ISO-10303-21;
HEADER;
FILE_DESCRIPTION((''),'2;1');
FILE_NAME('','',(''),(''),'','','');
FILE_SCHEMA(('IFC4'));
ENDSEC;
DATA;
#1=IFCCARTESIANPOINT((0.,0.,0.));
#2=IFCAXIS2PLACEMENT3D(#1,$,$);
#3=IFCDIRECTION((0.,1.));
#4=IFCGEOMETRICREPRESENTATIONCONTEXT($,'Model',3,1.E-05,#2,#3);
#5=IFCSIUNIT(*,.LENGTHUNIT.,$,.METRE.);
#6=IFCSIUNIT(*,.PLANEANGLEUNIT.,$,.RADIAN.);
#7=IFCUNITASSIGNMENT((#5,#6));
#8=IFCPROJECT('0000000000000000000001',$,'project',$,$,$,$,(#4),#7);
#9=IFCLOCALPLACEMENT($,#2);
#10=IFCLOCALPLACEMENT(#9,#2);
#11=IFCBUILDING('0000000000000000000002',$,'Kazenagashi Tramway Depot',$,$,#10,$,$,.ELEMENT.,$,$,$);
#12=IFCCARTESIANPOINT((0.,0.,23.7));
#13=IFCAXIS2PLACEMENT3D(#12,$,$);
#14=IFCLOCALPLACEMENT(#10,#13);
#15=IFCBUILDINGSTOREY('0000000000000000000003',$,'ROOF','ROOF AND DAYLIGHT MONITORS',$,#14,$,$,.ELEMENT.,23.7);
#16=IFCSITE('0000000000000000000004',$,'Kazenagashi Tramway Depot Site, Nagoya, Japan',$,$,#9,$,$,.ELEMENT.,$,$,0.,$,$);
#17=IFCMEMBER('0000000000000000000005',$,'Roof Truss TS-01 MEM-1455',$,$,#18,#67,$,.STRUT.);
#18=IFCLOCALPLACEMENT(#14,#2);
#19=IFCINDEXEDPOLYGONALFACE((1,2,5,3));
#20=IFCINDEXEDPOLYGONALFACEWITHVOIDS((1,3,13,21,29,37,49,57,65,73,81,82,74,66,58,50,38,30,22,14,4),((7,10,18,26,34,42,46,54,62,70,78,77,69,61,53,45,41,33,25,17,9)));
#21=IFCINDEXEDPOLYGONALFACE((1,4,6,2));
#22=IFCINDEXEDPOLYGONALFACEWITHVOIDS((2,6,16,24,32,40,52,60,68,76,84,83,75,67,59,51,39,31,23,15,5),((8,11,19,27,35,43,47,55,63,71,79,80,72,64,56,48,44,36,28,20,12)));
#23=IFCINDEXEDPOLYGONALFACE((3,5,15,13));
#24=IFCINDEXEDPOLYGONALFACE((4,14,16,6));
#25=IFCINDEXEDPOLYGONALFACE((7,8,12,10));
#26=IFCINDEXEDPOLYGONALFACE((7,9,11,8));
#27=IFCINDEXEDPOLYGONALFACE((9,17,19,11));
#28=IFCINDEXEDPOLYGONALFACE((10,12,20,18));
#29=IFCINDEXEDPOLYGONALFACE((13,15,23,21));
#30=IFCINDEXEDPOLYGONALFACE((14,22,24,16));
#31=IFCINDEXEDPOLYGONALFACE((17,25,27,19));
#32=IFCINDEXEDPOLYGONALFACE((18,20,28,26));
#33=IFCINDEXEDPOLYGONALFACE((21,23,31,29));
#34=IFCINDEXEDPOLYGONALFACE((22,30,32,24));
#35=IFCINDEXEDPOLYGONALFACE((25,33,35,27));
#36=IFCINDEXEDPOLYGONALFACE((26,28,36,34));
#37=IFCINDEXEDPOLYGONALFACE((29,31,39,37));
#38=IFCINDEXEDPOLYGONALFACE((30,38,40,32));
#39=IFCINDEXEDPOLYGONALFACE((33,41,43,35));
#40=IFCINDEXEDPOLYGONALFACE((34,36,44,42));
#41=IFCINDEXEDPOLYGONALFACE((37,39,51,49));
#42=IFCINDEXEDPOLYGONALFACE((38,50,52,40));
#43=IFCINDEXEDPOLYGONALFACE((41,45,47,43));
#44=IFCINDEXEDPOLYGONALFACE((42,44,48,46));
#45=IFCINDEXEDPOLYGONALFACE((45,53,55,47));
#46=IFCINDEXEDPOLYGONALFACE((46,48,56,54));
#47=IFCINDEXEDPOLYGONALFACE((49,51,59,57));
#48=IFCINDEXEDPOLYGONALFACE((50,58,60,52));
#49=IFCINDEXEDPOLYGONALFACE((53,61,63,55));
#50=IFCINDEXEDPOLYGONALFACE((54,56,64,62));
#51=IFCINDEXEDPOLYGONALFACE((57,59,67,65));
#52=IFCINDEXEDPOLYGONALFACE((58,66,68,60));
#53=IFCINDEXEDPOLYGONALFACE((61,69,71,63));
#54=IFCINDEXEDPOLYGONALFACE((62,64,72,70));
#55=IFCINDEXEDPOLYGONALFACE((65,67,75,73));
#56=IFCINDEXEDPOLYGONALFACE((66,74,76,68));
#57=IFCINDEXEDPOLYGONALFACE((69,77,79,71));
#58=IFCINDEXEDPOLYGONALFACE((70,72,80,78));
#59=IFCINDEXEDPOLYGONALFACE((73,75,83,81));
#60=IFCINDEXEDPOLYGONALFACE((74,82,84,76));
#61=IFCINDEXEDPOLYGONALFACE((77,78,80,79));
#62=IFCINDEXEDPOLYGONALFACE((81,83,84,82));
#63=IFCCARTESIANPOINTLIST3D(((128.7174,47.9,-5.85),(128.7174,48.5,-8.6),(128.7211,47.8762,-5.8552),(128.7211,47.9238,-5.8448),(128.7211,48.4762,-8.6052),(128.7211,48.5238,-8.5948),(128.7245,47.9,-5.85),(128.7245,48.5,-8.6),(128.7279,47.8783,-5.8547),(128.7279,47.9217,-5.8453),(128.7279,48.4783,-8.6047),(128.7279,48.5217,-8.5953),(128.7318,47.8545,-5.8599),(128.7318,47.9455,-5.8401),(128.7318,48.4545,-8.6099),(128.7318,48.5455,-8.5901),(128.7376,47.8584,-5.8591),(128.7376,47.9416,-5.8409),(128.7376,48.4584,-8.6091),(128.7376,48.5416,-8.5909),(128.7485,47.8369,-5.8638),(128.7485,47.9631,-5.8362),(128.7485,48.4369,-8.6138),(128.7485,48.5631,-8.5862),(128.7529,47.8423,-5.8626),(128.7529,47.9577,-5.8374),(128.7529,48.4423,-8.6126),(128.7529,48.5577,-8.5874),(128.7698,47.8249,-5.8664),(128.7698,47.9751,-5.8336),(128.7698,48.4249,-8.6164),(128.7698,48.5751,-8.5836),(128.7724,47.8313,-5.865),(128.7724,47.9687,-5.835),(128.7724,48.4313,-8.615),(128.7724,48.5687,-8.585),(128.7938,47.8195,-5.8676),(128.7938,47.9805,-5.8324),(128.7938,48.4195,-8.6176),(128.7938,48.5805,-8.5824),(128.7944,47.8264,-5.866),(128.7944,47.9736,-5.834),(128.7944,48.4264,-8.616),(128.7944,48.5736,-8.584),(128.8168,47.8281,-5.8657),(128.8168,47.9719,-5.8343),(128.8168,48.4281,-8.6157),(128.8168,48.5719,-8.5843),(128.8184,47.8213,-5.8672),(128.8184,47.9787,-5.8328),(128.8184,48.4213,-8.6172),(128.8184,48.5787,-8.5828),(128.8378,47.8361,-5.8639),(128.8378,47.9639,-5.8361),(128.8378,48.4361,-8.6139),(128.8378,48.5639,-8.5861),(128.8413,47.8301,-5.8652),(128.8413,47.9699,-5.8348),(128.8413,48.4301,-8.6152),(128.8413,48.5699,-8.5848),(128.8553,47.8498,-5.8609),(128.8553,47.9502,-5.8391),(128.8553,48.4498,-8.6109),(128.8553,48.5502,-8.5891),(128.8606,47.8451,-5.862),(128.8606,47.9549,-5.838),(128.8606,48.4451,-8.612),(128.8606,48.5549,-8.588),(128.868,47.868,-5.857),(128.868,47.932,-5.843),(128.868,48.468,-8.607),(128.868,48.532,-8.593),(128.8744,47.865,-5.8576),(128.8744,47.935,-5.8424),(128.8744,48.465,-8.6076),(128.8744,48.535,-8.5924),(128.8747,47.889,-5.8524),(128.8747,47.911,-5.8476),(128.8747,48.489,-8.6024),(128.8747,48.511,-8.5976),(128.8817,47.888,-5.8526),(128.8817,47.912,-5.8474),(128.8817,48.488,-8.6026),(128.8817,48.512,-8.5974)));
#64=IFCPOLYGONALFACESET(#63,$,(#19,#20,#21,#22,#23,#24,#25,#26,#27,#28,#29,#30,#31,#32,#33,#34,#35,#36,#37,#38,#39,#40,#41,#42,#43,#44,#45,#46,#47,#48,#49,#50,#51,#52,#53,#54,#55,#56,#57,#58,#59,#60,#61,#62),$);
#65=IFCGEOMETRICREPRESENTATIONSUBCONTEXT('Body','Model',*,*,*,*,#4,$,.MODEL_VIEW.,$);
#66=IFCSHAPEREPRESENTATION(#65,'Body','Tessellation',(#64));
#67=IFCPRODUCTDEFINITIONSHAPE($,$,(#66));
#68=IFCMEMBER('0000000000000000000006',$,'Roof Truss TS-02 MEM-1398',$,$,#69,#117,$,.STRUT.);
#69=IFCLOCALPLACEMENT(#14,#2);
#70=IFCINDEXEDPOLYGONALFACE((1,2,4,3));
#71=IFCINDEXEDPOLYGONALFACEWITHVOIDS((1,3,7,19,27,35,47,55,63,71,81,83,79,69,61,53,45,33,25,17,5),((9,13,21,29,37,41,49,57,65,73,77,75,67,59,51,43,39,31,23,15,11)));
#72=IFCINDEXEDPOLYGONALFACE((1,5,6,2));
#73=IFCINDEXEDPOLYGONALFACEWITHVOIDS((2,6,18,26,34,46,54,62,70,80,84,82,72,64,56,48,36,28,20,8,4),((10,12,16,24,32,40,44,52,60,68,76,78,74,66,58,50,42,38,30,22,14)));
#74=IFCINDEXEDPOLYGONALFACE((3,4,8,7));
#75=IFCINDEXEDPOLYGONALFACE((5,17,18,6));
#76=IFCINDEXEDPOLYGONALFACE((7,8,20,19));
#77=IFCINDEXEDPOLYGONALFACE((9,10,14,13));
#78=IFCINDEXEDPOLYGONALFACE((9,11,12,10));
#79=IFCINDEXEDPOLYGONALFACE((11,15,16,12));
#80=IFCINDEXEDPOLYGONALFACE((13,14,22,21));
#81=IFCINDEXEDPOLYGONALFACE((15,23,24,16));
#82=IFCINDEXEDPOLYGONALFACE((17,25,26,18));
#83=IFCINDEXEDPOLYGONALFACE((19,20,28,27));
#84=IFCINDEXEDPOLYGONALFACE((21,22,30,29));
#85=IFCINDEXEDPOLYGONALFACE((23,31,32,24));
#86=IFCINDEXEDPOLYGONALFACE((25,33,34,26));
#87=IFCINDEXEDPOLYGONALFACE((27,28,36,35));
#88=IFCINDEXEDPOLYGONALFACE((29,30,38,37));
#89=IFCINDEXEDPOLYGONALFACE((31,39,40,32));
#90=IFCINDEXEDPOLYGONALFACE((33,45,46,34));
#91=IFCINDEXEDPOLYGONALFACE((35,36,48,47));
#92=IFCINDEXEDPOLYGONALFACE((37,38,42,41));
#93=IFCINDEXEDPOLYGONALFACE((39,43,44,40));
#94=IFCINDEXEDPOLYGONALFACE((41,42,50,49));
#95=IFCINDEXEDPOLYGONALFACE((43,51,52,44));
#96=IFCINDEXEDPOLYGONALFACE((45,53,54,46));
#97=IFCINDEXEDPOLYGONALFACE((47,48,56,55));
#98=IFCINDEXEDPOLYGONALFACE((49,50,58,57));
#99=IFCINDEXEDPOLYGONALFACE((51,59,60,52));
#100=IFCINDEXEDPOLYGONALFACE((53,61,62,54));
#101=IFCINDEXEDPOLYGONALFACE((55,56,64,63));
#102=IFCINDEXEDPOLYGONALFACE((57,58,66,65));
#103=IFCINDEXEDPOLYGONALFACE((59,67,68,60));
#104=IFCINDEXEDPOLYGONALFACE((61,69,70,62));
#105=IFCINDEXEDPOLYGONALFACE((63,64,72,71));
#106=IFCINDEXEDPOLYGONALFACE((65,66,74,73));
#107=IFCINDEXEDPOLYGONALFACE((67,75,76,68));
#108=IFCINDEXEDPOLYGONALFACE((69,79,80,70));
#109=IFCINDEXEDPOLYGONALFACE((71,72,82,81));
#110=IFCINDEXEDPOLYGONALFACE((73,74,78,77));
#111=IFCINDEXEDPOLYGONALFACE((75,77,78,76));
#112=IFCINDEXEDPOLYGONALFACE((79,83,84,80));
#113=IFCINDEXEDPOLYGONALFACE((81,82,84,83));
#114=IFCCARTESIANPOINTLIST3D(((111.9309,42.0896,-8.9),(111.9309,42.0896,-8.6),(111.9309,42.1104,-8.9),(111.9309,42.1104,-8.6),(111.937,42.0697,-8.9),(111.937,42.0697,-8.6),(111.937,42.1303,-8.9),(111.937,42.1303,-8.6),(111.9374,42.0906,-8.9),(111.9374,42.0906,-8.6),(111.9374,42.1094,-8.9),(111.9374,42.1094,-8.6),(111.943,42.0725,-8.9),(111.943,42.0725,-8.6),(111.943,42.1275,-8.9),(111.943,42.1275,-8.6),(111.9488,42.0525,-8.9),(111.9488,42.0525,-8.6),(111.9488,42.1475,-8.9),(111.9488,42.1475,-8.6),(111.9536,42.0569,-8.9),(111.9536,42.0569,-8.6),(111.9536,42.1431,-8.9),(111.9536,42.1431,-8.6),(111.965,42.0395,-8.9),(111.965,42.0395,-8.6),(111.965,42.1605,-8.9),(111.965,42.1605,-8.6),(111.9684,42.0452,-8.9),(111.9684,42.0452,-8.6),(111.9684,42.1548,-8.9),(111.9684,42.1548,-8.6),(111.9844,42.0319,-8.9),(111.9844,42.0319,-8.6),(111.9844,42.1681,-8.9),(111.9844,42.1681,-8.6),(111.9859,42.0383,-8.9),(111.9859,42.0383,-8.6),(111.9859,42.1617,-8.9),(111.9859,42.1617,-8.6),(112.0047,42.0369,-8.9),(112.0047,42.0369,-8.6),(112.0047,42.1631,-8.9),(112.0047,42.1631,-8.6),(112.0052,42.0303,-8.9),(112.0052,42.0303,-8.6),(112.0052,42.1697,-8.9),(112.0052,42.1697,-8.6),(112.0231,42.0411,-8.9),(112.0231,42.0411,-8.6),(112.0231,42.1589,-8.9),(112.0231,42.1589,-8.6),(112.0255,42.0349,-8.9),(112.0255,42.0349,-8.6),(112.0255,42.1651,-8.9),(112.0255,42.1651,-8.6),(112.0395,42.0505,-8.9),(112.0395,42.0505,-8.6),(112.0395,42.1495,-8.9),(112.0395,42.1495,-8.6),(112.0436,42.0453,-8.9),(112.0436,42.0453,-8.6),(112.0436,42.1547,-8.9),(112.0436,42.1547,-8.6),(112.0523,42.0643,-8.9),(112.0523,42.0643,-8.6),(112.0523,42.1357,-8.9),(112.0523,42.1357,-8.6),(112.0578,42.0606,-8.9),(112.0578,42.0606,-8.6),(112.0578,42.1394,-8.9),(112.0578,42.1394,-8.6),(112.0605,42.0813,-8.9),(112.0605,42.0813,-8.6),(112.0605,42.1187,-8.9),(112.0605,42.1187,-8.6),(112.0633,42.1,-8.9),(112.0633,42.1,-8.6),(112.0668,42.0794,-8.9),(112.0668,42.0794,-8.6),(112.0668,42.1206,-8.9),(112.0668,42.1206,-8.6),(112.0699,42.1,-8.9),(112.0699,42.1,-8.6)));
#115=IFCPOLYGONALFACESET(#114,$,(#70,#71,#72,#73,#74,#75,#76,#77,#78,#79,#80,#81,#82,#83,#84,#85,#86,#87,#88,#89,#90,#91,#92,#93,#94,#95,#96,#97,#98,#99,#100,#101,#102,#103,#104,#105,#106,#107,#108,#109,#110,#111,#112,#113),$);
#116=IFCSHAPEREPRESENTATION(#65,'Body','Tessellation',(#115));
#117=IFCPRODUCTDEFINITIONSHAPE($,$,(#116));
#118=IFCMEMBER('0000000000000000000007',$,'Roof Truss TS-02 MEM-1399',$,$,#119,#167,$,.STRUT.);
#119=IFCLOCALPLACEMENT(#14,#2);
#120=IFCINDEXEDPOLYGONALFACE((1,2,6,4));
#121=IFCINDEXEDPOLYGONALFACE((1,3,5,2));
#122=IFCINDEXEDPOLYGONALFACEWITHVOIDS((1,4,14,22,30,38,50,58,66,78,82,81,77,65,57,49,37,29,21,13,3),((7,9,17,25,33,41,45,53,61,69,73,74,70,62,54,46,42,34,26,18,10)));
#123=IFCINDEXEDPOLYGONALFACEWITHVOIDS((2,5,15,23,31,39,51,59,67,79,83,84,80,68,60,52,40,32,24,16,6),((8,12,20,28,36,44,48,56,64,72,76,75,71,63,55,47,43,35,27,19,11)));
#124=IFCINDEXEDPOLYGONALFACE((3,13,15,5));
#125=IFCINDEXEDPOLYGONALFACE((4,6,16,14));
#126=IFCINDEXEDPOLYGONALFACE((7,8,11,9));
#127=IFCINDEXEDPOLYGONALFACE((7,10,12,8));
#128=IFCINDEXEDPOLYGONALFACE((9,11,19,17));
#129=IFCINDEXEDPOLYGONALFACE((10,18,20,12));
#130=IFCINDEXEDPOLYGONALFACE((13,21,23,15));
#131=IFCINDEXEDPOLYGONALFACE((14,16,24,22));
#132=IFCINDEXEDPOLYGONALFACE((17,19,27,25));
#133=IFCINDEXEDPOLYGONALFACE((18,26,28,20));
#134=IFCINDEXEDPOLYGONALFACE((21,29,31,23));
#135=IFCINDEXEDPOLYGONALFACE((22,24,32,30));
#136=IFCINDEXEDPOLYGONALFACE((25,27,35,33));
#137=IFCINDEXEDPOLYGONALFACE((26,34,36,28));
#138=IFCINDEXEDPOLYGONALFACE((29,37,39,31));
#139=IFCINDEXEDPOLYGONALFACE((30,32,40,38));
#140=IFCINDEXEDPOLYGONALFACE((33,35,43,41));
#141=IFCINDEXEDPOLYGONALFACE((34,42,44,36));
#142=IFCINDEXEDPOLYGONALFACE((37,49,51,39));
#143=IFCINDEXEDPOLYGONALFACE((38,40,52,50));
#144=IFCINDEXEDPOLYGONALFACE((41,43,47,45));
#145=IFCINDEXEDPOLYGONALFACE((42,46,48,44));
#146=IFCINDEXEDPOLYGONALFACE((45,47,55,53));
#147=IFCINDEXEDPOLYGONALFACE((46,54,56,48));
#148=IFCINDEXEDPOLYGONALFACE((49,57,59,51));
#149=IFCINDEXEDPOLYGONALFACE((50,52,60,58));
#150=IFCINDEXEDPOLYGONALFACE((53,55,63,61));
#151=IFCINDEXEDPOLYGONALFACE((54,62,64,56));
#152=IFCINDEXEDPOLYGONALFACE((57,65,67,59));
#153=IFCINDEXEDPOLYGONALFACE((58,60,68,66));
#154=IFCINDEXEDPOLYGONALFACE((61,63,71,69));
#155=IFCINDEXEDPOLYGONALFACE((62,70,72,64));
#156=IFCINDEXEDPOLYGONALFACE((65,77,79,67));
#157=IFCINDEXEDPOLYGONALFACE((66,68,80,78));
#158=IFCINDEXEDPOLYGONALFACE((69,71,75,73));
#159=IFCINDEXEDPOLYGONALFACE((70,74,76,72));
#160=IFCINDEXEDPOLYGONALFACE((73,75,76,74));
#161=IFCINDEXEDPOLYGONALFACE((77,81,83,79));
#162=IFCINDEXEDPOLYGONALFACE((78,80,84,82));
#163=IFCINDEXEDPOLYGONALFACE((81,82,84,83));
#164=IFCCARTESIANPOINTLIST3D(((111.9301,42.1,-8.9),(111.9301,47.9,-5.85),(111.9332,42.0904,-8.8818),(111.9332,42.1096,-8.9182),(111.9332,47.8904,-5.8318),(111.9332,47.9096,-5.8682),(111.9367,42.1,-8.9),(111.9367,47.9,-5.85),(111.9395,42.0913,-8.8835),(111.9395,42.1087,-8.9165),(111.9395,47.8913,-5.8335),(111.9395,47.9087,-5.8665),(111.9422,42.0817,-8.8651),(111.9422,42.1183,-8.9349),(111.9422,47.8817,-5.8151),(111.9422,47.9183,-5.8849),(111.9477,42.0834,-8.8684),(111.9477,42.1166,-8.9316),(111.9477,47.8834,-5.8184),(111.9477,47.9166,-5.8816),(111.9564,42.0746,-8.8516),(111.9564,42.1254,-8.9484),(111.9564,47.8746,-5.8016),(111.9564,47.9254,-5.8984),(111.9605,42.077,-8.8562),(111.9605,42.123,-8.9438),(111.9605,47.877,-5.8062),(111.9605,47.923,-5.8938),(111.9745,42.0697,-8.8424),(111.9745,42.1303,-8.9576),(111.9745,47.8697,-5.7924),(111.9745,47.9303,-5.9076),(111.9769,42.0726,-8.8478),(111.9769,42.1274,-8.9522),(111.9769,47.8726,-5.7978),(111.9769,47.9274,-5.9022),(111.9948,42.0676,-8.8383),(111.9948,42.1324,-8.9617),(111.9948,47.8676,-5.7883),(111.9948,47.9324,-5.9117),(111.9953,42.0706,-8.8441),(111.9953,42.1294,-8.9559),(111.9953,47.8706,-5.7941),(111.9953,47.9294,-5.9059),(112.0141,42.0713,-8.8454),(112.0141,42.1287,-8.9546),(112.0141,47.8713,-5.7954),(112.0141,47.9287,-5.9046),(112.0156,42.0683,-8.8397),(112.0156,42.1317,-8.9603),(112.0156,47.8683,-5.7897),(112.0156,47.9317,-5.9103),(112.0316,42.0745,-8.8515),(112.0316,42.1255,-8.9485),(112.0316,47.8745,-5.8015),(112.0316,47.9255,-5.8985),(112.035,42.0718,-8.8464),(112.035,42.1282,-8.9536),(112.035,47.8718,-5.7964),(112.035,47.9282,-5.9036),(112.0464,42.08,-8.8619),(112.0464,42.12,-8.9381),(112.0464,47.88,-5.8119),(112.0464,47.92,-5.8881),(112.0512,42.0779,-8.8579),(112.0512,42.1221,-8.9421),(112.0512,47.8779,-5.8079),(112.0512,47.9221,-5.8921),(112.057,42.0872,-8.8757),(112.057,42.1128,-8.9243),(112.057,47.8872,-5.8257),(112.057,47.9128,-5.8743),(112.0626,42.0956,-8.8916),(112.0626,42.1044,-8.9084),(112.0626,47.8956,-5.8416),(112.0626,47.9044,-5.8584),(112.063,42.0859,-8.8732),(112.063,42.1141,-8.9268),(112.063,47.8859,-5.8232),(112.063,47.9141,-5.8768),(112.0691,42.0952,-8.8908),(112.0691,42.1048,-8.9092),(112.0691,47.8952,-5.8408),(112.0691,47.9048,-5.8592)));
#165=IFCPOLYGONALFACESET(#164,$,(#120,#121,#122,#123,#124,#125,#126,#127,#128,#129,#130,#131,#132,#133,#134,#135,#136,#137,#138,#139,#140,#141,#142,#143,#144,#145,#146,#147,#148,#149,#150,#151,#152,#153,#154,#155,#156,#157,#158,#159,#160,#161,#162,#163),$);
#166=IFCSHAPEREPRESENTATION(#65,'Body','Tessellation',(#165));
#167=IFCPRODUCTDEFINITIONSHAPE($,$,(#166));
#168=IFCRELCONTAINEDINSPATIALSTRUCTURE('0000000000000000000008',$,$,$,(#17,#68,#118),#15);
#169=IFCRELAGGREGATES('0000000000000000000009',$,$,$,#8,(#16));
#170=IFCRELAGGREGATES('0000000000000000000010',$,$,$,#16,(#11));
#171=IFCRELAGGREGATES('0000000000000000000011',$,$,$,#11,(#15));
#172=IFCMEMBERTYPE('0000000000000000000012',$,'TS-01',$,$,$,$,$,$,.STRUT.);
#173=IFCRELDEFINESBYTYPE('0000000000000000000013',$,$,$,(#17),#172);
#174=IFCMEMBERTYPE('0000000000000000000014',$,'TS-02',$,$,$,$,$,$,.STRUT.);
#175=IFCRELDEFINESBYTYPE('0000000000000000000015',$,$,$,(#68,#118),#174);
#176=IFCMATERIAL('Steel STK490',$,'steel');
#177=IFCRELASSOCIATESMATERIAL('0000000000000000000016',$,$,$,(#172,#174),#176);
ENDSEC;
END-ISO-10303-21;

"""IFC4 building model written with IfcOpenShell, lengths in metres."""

from ifc_helpers import new_model, si_unit, direction, frame, origin, origin_2d, place, context, subcontext, project, spatial, hollow_circle, extrude, material, material_profile, profile_set, type_object, element, save


model = new_model("IFC4")

# Units and contexts
model_context = context("Model", 3, precision=1e-05, world=origin(), true_north=direction((0.0, 1.0)))
body_context = subcontext(model_context, "Body", "Model", "MODEL_VIEW")
ifc_project = project(units=[si_unit("LENGTHUNIT", "METRE"), si_unit("PLANEANGLEUNIT", "RADIAN")], contexts=[model_context])

# Site, building, storey
site_placement = place(None, origin())
site = spatial("IfcSite", under=ifc_project, at=site_placement, Name="Kazenagashi Tramway Depot Site, Nagoya, Japan", CompositionType="ELEMENT", RefElevation=0.0)
building_placement = place(site_placement, origin())
building = spatial("IfcBuilding", under=site, at=building_placement, Name="Kazenagashi Tramway Depot", CompositionType="ELEMENT")
storey_placement = place(building_placement, frame((0.0, 0.0, 23.7)))
storey = spatial("IfcBuildingStorey", under=building, at=storey_placement, Name="ROOF", Description="ROOF AND DAYLIGHT MONITORS", CompositionType="ELEMENT", Elevation=23.7)

# Members
ifc_material_1 = material(Name="Steel STK490", Category="steel")
ifc_material_profile_1 = material_profile(ifc_material_1, hollow_circle(Radius=0.0826, WallThickness=0.0071, at=origin_2d()), Name="CHS-165.2x7.1")
ifc_profile_set_1 = profile_set([ifc_material_profile_1], Name="Steel STK490")
member_type_1 = type_object("IfcMemberType", Name="TS-01", PredefinedType="STRUT", material=ifc_profile_set_1)
for number, where, z_axis, x_axis, name in (
    (1, (128.8, 47.9, -5.85), (0.0, 0.213167, -0.977016), (-1.0, 0.0, 0.0), "Roof Truss TS-01 MEM-1455"),
):
    element("IfcMember", number, at=place(storey_placement, frame(where, z_axis=z_axis, x_axis=x_axis)), inside=storey, type_object=member_type_1, Name=name, PredefinedType="STRUT", context=body_context, shape_type="SweptSolid", body=[
        extrude(hollow_circle(Radius=0.0826, WallThickness=0.0071, at=origin_2d()), origin(), (0.0, 0.0, 1.0), 2.8147),
    ])
ifc_material_profile_2 = material_profile(ifc_material_1, hollow_circle(Radius=0.0699, WallThickness=0.0066, at=origin_2d()), Name="CHS-139.8x6.6")
ifc_profile_set_2 = profile_set([ifc_material_profile_2], Name="Steel STK490")
member_type_2 = type_object("IfcMemberType", Name="TS-02", PredefinedType="STRUT", material=ifc_profile_set_2)
member_1_placement = place(storey_placement, frame((112.0, 42.1, -8.9), z_axis=(0.0, 0.0, 1.0), x_axis=(1.0, 0.0, 0.0)))
element("IfcMember", 2, at=member_1_placement, inside=storey, type_object=member_type_2, Name="Roof Truss TS-02 MEM-1398", PredefinedType="STRUT", context=body_context, shape_type="SweptSolid", body=[
    extrude(hollow_circle(Radius=0.0699, WallThickness=0.0066, at=origin_2d()), origin(), (0.0, 0.0, 1.0), 0.3),
])
member_2_placement = place(storey_placement, frame((112.0, 42.1, -8.9), z_axis=(0.0, 0.885084, 0.465432), x_axis=(-1.0, 0.0, 0.0)))
element("IfcMember", 3, at=member_2_placement, inside=storey, type_object=member_type_2, Name="Roof Truss TS-02 MEM-1399", PredefinedType="STRUT", context=body_context, shape_type="SweptSolid", body=[
    extrude(hollow_circle(Radius=0.0699, WallThickness=0.0066, at=origin_2d()), origin(), (0.0, 0.0, 1.0), 6.5531),
])

save(model, "model.ifc")
